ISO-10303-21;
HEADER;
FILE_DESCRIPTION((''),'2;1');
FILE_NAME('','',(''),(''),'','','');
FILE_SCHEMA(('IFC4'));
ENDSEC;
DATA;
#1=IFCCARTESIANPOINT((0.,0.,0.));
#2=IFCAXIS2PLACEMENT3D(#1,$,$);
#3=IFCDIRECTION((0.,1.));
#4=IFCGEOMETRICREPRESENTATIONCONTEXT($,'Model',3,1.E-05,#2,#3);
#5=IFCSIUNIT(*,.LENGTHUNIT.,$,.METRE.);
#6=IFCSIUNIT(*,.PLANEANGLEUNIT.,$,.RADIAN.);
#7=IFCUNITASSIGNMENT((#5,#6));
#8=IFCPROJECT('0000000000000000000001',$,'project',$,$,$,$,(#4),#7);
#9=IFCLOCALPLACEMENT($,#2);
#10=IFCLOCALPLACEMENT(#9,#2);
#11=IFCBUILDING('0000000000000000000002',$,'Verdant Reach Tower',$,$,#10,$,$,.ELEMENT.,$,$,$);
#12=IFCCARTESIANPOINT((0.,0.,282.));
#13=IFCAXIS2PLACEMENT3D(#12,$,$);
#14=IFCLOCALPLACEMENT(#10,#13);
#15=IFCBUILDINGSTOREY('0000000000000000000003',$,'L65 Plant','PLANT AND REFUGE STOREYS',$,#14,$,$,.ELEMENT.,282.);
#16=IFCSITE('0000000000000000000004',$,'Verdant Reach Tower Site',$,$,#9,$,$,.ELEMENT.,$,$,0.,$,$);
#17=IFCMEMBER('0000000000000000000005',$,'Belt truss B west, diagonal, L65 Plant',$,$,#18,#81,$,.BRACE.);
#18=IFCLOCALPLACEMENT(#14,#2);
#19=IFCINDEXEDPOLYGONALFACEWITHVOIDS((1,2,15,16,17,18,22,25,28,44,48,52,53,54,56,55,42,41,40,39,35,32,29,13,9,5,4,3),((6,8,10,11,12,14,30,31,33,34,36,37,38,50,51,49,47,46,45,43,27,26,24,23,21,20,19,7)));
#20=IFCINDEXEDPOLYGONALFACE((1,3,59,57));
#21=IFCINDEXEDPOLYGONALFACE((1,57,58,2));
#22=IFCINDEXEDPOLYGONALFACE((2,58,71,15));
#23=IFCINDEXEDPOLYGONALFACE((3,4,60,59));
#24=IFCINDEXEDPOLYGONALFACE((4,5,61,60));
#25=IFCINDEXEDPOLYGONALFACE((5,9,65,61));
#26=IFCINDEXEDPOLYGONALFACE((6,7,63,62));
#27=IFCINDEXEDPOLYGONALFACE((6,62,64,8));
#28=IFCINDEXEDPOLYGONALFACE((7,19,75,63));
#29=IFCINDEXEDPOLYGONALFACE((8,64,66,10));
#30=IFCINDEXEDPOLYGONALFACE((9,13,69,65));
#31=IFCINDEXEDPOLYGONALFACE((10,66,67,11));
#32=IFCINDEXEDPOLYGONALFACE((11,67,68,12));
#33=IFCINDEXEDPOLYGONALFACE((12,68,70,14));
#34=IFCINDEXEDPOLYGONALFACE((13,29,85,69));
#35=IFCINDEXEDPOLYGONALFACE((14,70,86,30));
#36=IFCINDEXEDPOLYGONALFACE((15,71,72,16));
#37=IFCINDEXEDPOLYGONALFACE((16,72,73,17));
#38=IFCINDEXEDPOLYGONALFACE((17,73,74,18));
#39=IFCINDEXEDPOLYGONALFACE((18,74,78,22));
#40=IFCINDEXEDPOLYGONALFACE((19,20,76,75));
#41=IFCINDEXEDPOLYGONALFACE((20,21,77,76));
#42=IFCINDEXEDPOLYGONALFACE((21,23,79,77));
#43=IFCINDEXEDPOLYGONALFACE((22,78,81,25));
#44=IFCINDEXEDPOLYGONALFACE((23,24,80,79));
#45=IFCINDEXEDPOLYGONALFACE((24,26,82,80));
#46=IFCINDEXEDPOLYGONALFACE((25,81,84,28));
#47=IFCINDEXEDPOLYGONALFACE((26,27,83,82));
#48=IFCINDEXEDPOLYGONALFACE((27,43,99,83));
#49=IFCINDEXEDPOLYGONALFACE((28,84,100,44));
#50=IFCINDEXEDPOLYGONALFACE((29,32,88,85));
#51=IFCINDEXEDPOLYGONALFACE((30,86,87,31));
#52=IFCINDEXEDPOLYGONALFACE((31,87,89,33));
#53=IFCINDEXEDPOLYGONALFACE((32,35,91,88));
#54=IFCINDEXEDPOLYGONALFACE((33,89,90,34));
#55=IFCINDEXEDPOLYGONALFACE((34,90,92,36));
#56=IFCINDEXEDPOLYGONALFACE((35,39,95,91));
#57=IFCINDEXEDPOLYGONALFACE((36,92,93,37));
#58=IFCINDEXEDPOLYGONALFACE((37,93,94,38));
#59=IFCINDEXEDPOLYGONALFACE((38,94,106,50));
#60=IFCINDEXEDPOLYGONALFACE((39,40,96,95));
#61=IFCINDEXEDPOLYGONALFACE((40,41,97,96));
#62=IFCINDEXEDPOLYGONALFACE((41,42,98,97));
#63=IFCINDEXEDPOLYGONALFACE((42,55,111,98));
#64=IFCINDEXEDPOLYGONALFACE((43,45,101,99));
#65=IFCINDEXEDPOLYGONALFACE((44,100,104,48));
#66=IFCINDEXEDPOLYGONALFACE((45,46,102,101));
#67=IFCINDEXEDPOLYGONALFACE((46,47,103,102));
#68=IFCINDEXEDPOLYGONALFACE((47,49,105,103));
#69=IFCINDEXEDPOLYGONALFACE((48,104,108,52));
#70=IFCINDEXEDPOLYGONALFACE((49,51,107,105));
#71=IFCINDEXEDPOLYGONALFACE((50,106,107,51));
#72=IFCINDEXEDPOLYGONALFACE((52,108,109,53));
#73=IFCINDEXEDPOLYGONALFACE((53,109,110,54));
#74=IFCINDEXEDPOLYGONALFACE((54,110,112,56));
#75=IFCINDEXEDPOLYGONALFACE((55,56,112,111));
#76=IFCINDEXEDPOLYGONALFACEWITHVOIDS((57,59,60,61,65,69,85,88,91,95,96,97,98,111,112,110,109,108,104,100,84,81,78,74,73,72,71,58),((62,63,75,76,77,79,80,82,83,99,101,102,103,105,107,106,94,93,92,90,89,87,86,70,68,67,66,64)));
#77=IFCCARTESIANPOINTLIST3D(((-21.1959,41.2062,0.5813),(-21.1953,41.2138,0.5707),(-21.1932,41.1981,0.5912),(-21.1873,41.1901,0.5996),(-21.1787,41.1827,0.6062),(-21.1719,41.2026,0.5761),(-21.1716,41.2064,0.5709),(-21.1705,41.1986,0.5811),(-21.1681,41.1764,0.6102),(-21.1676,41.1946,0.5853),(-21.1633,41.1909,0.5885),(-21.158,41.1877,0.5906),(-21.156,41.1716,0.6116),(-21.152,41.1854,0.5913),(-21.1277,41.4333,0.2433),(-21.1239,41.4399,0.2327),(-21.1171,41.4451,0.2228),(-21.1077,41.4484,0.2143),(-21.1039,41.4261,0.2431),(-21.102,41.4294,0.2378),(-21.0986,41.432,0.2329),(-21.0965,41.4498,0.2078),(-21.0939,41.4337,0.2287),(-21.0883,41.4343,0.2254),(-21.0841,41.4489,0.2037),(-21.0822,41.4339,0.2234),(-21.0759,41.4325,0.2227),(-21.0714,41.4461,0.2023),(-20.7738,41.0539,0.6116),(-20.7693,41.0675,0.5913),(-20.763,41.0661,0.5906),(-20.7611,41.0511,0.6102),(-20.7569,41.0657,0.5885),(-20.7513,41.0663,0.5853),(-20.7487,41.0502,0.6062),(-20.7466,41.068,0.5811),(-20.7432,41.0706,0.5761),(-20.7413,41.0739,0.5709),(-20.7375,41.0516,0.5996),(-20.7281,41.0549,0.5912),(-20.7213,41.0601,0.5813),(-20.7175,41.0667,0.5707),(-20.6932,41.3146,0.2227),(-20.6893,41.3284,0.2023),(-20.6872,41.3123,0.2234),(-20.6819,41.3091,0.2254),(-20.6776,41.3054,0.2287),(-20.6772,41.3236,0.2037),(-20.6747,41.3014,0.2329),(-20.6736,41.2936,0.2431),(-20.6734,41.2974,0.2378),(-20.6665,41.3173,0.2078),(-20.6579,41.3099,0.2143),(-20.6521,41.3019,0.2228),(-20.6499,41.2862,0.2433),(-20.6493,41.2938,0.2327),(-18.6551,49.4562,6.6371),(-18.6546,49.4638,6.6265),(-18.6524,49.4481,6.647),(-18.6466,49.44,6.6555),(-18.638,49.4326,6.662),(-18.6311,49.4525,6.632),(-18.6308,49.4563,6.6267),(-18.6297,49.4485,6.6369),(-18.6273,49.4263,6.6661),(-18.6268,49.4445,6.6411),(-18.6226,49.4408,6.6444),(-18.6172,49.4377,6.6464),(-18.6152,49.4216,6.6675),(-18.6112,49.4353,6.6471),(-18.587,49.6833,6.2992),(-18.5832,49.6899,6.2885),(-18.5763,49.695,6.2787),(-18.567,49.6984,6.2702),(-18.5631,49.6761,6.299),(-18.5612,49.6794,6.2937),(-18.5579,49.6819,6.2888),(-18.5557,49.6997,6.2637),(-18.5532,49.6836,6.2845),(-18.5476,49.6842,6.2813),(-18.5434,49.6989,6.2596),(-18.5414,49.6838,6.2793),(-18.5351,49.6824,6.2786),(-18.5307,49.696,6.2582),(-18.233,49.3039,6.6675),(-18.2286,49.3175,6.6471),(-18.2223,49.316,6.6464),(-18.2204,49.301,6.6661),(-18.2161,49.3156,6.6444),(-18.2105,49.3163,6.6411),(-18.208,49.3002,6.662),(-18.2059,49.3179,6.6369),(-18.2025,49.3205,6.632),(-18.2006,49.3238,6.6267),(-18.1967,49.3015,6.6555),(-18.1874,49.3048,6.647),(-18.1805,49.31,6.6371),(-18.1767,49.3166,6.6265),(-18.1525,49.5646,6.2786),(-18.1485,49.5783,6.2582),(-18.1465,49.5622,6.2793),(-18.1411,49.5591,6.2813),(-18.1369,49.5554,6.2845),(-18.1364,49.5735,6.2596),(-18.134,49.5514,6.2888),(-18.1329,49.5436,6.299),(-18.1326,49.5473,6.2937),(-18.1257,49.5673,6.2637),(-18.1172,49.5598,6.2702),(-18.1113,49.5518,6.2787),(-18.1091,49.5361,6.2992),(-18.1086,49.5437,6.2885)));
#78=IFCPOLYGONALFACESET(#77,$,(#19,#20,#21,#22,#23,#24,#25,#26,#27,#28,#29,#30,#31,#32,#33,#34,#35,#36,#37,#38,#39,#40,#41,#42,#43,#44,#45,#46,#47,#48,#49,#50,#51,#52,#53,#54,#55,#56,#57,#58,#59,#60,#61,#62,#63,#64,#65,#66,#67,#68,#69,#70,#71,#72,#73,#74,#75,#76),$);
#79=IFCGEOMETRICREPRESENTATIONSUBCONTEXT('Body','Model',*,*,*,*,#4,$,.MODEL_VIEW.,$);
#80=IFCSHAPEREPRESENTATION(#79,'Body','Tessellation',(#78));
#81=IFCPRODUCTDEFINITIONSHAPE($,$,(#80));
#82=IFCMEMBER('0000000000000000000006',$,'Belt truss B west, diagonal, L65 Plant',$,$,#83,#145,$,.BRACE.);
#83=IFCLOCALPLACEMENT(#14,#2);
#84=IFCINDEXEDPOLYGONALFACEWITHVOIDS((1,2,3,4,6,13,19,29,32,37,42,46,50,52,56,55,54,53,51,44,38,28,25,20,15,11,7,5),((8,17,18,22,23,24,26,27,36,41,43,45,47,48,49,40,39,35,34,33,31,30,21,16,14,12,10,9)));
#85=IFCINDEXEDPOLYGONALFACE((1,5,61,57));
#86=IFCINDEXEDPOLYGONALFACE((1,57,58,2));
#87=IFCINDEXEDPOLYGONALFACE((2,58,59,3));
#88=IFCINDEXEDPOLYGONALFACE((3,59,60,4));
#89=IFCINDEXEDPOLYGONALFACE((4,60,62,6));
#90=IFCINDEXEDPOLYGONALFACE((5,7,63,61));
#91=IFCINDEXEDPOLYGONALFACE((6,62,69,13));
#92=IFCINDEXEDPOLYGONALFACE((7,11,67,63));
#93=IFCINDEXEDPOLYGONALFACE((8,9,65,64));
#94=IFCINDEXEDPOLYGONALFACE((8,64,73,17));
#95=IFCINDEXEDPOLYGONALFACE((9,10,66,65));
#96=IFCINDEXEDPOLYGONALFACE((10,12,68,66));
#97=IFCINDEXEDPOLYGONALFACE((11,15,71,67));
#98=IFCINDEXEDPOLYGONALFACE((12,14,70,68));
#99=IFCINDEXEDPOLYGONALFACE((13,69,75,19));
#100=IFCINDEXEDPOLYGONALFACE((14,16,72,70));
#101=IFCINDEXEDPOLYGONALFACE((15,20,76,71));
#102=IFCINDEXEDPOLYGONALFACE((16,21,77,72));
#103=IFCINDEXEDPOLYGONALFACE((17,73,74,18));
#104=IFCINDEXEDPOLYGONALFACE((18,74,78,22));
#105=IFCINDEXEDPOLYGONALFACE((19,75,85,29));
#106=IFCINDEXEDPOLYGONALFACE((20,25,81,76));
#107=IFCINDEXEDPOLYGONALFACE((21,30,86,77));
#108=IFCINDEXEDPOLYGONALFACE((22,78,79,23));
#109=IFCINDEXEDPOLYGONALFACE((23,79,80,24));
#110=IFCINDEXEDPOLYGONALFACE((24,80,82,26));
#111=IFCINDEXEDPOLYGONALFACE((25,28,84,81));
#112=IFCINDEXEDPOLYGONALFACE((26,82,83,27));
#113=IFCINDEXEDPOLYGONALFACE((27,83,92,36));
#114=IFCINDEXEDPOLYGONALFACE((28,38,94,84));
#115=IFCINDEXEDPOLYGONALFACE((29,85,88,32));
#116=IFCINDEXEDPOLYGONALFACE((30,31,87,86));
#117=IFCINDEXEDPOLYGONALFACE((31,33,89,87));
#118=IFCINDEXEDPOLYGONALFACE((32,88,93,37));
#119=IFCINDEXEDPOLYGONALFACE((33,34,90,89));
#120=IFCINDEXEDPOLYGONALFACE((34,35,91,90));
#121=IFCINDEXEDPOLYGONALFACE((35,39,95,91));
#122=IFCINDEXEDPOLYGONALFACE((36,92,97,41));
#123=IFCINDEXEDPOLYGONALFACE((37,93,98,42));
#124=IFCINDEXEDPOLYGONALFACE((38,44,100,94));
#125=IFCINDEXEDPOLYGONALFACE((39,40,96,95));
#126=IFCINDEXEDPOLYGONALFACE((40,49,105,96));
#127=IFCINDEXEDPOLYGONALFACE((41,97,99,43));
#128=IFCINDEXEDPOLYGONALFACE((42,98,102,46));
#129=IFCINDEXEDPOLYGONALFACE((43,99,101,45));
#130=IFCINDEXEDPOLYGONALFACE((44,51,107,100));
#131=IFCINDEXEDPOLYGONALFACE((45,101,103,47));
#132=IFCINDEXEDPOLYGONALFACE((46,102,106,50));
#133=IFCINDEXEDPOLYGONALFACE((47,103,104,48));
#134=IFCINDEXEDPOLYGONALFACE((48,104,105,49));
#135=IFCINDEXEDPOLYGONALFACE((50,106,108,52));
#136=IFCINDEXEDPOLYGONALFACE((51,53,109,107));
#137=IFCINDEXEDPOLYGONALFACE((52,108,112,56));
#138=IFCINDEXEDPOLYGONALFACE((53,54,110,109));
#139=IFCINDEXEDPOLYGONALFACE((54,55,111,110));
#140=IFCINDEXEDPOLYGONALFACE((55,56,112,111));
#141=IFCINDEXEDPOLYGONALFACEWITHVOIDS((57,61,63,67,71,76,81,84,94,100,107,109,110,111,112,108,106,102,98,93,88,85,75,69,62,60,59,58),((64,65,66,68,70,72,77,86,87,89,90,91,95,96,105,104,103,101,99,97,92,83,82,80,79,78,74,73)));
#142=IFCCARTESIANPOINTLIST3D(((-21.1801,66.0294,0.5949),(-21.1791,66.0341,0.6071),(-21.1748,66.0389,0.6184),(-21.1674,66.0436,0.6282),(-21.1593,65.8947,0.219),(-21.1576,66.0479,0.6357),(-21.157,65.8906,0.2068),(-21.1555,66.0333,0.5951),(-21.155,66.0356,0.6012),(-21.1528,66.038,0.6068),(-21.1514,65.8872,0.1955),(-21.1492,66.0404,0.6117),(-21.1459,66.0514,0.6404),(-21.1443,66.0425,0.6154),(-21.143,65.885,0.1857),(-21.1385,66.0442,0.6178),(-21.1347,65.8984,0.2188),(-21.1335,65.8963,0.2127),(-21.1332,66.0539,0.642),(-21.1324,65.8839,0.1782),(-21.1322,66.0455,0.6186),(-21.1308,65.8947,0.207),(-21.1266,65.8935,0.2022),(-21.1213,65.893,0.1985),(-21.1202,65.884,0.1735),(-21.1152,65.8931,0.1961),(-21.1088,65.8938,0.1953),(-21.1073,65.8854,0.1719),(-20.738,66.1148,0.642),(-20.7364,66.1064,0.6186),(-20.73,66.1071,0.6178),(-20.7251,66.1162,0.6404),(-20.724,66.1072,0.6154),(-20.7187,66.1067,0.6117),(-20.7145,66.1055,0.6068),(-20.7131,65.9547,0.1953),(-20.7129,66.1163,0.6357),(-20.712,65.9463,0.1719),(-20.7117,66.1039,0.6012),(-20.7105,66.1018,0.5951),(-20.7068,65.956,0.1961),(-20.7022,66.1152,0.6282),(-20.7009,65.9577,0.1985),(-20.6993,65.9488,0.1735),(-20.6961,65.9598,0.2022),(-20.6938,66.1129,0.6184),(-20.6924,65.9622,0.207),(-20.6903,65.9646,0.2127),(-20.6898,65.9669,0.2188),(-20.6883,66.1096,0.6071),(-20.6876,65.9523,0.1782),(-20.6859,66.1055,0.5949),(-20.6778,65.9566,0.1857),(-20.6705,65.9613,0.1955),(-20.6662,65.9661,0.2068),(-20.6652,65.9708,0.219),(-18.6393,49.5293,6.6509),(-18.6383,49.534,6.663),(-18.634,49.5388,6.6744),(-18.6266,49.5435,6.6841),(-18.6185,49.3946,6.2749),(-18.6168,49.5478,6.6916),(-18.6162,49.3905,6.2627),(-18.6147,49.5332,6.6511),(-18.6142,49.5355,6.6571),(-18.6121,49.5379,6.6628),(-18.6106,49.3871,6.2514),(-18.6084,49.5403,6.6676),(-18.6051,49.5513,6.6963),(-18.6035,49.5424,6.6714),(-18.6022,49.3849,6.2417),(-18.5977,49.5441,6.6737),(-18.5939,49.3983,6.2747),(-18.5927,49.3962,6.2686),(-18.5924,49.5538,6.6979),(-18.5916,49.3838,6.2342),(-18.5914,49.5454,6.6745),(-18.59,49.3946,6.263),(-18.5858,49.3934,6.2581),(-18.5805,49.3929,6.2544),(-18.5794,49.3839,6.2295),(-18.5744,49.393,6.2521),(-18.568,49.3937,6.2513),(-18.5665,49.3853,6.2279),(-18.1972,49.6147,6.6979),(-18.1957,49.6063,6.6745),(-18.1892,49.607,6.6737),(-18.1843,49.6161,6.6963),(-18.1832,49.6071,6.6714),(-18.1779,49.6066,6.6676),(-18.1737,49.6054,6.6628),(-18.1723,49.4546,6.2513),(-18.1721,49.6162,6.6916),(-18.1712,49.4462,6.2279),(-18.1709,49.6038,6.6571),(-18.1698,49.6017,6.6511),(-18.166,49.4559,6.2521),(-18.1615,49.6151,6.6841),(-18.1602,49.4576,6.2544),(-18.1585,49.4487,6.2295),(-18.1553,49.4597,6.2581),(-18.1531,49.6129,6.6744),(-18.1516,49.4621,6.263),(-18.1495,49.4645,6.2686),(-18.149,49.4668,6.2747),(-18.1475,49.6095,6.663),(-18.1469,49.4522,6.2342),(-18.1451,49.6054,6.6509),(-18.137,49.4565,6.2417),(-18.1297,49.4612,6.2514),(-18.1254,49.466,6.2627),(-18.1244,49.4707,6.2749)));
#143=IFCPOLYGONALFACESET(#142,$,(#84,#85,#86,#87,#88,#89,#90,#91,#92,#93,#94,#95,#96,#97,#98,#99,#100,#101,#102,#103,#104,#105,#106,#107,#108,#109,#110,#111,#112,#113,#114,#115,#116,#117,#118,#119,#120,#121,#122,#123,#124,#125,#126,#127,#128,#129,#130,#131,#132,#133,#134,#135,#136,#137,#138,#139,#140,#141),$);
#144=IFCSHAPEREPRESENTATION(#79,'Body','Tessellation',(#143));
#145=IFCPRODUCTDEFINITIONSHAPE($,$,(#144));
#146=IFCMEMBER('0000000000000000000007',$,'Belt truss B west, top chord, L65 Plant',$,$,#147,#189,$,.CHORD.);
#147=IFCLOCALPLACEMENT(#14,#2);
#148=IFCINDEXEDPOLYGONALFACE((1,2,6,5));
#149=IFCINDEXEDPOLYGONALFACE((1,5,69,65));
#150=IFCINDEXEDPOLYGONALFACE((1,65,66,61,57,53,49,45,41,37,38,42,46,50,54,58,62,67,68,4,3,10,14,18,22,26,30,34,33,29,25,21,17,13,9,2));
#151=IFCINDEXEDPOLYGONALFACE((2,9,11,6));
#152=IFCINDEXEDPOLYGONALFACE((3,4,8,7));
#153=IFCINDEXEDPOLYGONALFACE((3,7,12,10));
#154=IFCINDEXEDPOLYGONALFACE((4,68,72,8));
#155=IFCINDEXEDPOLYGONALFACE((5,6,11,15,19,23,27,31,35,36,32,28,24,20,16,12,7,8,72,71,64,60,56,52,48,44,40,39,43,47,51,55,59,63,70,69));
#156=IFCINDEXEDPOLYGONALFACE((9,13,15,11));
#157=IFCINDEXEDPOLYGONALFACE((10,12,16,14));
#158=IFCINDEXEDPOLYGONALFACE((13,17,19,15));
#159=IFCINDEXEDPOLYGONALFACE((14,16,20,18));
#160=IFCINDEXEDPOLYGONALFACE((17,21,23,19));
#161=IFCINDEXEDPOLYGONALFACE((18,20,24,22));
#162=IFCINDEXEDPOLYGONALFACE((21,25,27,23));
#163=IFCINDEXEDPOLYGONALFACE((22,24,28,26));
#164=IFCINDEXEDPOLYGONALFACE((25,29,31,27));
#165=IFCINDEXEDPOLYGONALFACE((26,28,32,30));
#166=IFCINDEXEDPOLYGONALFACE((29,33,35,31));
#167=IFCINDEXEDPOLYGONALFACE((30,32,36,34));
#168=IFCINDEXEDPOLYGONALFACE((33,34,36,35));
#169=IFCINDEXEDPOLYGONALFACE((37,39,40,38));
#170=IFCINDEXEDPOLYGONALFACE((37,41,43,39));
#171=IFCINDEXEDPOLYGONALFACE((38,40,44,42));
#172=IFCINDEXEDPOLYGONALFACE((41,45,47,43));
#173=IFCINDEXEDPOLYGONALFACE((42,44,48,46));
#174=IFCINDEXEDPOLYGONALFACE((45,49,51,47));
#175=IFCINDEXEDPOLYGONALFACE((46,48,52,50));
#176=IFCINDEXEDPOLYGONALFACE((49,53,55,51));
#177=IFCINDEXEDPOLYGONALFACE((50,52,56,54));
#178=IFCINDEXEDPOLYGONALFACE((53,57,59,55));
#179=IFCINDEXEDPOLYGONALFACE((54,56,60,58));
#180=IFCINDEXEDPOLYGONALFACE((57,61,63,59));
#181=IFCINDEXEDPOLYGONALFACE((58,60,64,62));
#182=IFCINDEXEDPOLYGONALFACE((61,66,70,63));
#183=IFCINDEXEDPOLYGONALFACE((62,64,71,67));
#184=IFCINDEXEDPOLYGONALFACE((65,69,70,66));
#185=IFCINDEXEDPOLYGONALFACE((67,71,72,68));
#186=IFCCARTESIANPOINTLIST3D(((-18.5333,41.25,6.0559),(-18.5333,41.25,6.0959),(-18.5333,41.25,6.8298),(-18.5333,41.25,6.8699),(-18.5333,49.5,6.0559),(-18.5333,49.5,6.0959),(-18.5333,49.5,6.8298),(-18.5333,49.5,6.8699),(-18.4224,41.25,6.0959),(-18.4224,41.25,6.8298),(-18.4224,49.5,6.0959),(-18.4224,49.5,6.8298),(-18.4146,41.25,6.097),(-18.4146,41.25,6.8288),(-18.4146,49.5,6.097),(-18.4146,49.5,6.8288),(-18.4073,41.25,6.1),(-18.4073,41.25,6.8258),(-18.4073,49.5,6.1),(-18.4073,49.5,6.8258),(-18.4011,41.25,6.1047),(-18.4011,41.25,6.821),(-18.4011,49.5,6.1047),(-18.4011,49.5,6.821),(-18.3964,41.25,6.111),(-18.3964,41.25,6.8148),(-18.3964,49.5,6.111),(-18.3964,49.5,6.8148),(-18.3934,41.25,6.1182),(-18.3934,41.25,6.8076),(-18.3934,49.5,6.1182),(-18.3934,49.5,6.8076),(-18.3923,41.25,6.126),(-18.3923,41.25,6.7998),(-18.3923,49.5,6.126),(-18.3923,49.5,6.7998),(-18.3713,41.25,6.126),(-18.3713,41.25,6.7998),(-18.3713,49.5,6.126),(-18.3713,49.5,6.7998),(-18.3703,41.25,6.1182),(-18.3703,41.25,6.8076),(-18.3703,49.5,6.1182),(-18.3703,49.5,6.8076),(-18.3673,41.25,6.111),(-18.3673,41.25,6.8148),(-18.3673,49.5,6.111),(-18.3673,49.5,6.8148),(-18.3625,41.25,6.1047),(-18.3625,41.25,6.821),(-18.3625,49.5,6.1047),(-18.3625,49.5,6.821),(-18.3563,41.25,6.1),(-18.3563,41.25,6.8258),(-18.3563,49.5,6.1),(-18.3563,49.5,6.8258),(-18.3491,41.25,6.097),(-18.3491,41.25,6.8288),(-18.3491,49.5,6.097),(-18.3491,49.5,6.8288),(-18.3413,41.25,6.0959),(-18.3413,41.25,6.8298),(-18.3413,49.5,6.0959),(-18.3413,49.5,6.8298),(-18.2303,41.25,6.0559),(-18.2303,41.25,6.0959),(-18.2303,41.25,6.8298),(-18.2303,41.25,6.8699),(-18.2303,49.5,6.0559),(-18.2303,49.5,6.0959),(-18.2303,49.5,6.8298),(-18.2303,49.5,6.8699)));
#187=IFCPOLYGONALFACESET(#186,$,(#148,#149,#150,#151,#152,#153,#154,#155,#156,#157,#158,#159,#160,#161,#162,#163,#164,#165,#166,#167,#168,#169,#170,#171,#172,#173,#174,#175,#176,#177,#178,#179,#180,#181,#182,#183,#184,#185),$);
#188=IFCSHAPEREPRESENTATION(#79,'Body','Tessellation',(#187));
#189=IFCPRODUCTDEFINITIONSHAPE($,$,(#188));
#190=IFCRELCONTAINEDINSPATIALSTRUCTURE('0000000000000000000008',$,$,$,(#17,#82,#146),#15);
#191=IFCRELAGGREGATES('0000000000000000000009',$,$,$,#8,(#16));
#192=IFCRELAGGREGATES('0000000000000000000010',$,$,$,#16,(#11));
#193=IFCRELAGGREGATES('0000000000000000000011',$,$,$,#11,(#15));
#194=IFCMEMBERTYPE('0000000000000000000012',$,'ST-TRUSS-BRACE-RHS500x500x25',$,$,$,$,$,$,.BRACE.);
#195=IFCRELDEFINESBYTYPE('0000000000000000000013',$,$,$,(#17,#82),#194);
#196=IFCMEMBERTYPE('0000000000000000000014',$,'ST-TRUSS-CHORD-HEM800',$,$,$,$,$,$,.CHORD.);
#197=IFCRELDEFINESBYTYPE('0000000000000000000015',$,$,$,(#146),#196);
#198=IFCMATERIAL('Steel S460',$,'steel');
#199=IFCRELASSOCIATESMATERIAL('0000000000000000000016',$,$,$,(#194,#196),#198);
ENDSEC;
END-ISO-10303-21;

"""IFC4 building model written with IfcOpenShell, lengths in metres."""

from ifc_helpers import new_model, si_unit, direction, frame, origin, origin_2d, place, context, subcontext, project, spatial, hollow_rectangle, i_section, extrude, material, material_profile, profile_set, type_object, element, save


model = new_model("IFC4")

# Units and contexts
model_context = context("Model", 3, precision=1e-05, world=origin(), true_north=direction((0.0, 1.0)))
body_context = subcontext(model_context, "Body", "Model", "MODEL_VIEW")
ifc_project = project(units=[si_unit("LENGTHUNIT", "METRE"), si_unit("PLANEANGLEUNIT", "RADIAN")], contexts=[model_context])

# Site, building, storey
site_placement = place(None, origin())
site = spatial("IfcSite", under=ifc_project, at=site_placement, Name="Verdant Reach Tower Site", CompositionType="ELEMENT", RefElevation=0.0)
building_placement = place(site_placement, origin())
building = spatial("IfcBuilding", under=site, at=building_placement, Name="Verdant Reach Tower", CompositionType="ELEMENT")
storey_placement = place(building_placement, frame((0.0, 0.0, 282.0)))
storey = spatial("IfcBuildingStorey", under=building, at=storey_placement, Name="L65 Plant", Description="PLANT AND REFUGE STOREYS", CompositionType="ELEMENT", Elevation=282.0)

# Shared definitions
ifc_material_1 = material(Name="Steel S460", Category="steel")

# Members
ifc_material_profile_1 = material_profile(ifc_material_1, hollow_rectangle(XDim=0.5, YDim=0.5, WallThickness=0.0249, InnerFilletRadius=0.0249, OuterFilletRadius=0.05, at=origin_2d()), Name="RHS 500x500x25")
ifc_profile_set_1 = profile_set([ifc_material_profile_1], Name="Steel S460")
member_type_1 = type_object("IfcMemberType", Name="ST-TRUSS-BRACE-RHS500x500x25", PredefinedType="BRACE", material=ifc_profile_set_1)
member_1_placement = place(storey_placement, frame((-20.9226, 41.25, 0.407), z_axis=(0.240951, 0.782379, 0.574305), x_axis=(-0.955704, 0.29433, 0.0)))
element("IfcMember", 1, at=member_1_placement, inside=storey, type_object=member_type_1, Name="Belt truss B west, diagonal, L65 Plant", PredefinedType="BRACE", context=body_context, shape_type="SweptSolid", body=[
    extrude(hollow_rectangle(XDim=0.5, YDim=0.5, WallThickness=0.0249, InnerFilletRadius=0.0249, OuterFilletRadius=0.05, at=origin_2d()), origin(), (0.0, 0.0, 1.0), 10.5447),
])
member_2_placement = place(storey_placement, frame((-18.3818, 49.5, 6.4629), z_axis=(-0.14307, 0.92911, -0.341006), x_axis=(-0.988351, -0.152192, 0.0)))
element("IfcMember", 2, at=member_2_placement, inside=storey, type_object=member_type_1, Name="Belt truss B west, diagonal, L65 Plant", PredefinedType="BRACE", context=body_context, shape_type="SweptSolid", body=[
    extrude(hollow_rectangle(XDim=0.5, YDim=0.5, WallThickness=0.0249, InnerFilletRadius=0.0249, OuterFilletRadius=0.05, at=origin_2d()), origin(), (0.0, 0.0, 1.0), 17.759),
])
ifc_material_profile_2 = material_profile(ifc_material_1, i_section(OverallWidth=0.303, OverallDepth=0.814, WebThickness=0.021, FlangeThickness=0.04, FilletRadius=0.03, at=origin_2d()), Name="HEM 800")
ifc_profile_set_2 = profile_set([ifc_material_profile_2], Name="Steel S460")
member_type_2 = type_object("IfcMemberType", Name="ST-TRUSS-CHORD-HEM800", PredefinedType="CHORD", material=ifc_profile_set_2)
for number, where, z_axis, x_axis, name in (
    (3, (-18.3818, 41.25, 6.4629), (0.0, 1.0, 0.0), (-1.0, 0.0, 0.0), "Belt truss B west, top chord, L65 Plant"),
):
    element("IfcMember", number, at=place(storey_placement, frame(where, z_axis=z_axis, x_axis=x_axis)), inside=storey, type_object=member_type_2, Name=name, PredefinedType="CHORD", context=body_context, shape_type="SweptSolid", body=[
        extrude(i_section(OverallWidth=0.303, OverallDepth=0.814, WebThickness=0.021, FlangeThickness=0.04, FilletRadius=0.03, at=origin_2d()), origin(), (0.0, 0.0, 1.0), 8.25),
    ])

save(model, "model.ifc")
